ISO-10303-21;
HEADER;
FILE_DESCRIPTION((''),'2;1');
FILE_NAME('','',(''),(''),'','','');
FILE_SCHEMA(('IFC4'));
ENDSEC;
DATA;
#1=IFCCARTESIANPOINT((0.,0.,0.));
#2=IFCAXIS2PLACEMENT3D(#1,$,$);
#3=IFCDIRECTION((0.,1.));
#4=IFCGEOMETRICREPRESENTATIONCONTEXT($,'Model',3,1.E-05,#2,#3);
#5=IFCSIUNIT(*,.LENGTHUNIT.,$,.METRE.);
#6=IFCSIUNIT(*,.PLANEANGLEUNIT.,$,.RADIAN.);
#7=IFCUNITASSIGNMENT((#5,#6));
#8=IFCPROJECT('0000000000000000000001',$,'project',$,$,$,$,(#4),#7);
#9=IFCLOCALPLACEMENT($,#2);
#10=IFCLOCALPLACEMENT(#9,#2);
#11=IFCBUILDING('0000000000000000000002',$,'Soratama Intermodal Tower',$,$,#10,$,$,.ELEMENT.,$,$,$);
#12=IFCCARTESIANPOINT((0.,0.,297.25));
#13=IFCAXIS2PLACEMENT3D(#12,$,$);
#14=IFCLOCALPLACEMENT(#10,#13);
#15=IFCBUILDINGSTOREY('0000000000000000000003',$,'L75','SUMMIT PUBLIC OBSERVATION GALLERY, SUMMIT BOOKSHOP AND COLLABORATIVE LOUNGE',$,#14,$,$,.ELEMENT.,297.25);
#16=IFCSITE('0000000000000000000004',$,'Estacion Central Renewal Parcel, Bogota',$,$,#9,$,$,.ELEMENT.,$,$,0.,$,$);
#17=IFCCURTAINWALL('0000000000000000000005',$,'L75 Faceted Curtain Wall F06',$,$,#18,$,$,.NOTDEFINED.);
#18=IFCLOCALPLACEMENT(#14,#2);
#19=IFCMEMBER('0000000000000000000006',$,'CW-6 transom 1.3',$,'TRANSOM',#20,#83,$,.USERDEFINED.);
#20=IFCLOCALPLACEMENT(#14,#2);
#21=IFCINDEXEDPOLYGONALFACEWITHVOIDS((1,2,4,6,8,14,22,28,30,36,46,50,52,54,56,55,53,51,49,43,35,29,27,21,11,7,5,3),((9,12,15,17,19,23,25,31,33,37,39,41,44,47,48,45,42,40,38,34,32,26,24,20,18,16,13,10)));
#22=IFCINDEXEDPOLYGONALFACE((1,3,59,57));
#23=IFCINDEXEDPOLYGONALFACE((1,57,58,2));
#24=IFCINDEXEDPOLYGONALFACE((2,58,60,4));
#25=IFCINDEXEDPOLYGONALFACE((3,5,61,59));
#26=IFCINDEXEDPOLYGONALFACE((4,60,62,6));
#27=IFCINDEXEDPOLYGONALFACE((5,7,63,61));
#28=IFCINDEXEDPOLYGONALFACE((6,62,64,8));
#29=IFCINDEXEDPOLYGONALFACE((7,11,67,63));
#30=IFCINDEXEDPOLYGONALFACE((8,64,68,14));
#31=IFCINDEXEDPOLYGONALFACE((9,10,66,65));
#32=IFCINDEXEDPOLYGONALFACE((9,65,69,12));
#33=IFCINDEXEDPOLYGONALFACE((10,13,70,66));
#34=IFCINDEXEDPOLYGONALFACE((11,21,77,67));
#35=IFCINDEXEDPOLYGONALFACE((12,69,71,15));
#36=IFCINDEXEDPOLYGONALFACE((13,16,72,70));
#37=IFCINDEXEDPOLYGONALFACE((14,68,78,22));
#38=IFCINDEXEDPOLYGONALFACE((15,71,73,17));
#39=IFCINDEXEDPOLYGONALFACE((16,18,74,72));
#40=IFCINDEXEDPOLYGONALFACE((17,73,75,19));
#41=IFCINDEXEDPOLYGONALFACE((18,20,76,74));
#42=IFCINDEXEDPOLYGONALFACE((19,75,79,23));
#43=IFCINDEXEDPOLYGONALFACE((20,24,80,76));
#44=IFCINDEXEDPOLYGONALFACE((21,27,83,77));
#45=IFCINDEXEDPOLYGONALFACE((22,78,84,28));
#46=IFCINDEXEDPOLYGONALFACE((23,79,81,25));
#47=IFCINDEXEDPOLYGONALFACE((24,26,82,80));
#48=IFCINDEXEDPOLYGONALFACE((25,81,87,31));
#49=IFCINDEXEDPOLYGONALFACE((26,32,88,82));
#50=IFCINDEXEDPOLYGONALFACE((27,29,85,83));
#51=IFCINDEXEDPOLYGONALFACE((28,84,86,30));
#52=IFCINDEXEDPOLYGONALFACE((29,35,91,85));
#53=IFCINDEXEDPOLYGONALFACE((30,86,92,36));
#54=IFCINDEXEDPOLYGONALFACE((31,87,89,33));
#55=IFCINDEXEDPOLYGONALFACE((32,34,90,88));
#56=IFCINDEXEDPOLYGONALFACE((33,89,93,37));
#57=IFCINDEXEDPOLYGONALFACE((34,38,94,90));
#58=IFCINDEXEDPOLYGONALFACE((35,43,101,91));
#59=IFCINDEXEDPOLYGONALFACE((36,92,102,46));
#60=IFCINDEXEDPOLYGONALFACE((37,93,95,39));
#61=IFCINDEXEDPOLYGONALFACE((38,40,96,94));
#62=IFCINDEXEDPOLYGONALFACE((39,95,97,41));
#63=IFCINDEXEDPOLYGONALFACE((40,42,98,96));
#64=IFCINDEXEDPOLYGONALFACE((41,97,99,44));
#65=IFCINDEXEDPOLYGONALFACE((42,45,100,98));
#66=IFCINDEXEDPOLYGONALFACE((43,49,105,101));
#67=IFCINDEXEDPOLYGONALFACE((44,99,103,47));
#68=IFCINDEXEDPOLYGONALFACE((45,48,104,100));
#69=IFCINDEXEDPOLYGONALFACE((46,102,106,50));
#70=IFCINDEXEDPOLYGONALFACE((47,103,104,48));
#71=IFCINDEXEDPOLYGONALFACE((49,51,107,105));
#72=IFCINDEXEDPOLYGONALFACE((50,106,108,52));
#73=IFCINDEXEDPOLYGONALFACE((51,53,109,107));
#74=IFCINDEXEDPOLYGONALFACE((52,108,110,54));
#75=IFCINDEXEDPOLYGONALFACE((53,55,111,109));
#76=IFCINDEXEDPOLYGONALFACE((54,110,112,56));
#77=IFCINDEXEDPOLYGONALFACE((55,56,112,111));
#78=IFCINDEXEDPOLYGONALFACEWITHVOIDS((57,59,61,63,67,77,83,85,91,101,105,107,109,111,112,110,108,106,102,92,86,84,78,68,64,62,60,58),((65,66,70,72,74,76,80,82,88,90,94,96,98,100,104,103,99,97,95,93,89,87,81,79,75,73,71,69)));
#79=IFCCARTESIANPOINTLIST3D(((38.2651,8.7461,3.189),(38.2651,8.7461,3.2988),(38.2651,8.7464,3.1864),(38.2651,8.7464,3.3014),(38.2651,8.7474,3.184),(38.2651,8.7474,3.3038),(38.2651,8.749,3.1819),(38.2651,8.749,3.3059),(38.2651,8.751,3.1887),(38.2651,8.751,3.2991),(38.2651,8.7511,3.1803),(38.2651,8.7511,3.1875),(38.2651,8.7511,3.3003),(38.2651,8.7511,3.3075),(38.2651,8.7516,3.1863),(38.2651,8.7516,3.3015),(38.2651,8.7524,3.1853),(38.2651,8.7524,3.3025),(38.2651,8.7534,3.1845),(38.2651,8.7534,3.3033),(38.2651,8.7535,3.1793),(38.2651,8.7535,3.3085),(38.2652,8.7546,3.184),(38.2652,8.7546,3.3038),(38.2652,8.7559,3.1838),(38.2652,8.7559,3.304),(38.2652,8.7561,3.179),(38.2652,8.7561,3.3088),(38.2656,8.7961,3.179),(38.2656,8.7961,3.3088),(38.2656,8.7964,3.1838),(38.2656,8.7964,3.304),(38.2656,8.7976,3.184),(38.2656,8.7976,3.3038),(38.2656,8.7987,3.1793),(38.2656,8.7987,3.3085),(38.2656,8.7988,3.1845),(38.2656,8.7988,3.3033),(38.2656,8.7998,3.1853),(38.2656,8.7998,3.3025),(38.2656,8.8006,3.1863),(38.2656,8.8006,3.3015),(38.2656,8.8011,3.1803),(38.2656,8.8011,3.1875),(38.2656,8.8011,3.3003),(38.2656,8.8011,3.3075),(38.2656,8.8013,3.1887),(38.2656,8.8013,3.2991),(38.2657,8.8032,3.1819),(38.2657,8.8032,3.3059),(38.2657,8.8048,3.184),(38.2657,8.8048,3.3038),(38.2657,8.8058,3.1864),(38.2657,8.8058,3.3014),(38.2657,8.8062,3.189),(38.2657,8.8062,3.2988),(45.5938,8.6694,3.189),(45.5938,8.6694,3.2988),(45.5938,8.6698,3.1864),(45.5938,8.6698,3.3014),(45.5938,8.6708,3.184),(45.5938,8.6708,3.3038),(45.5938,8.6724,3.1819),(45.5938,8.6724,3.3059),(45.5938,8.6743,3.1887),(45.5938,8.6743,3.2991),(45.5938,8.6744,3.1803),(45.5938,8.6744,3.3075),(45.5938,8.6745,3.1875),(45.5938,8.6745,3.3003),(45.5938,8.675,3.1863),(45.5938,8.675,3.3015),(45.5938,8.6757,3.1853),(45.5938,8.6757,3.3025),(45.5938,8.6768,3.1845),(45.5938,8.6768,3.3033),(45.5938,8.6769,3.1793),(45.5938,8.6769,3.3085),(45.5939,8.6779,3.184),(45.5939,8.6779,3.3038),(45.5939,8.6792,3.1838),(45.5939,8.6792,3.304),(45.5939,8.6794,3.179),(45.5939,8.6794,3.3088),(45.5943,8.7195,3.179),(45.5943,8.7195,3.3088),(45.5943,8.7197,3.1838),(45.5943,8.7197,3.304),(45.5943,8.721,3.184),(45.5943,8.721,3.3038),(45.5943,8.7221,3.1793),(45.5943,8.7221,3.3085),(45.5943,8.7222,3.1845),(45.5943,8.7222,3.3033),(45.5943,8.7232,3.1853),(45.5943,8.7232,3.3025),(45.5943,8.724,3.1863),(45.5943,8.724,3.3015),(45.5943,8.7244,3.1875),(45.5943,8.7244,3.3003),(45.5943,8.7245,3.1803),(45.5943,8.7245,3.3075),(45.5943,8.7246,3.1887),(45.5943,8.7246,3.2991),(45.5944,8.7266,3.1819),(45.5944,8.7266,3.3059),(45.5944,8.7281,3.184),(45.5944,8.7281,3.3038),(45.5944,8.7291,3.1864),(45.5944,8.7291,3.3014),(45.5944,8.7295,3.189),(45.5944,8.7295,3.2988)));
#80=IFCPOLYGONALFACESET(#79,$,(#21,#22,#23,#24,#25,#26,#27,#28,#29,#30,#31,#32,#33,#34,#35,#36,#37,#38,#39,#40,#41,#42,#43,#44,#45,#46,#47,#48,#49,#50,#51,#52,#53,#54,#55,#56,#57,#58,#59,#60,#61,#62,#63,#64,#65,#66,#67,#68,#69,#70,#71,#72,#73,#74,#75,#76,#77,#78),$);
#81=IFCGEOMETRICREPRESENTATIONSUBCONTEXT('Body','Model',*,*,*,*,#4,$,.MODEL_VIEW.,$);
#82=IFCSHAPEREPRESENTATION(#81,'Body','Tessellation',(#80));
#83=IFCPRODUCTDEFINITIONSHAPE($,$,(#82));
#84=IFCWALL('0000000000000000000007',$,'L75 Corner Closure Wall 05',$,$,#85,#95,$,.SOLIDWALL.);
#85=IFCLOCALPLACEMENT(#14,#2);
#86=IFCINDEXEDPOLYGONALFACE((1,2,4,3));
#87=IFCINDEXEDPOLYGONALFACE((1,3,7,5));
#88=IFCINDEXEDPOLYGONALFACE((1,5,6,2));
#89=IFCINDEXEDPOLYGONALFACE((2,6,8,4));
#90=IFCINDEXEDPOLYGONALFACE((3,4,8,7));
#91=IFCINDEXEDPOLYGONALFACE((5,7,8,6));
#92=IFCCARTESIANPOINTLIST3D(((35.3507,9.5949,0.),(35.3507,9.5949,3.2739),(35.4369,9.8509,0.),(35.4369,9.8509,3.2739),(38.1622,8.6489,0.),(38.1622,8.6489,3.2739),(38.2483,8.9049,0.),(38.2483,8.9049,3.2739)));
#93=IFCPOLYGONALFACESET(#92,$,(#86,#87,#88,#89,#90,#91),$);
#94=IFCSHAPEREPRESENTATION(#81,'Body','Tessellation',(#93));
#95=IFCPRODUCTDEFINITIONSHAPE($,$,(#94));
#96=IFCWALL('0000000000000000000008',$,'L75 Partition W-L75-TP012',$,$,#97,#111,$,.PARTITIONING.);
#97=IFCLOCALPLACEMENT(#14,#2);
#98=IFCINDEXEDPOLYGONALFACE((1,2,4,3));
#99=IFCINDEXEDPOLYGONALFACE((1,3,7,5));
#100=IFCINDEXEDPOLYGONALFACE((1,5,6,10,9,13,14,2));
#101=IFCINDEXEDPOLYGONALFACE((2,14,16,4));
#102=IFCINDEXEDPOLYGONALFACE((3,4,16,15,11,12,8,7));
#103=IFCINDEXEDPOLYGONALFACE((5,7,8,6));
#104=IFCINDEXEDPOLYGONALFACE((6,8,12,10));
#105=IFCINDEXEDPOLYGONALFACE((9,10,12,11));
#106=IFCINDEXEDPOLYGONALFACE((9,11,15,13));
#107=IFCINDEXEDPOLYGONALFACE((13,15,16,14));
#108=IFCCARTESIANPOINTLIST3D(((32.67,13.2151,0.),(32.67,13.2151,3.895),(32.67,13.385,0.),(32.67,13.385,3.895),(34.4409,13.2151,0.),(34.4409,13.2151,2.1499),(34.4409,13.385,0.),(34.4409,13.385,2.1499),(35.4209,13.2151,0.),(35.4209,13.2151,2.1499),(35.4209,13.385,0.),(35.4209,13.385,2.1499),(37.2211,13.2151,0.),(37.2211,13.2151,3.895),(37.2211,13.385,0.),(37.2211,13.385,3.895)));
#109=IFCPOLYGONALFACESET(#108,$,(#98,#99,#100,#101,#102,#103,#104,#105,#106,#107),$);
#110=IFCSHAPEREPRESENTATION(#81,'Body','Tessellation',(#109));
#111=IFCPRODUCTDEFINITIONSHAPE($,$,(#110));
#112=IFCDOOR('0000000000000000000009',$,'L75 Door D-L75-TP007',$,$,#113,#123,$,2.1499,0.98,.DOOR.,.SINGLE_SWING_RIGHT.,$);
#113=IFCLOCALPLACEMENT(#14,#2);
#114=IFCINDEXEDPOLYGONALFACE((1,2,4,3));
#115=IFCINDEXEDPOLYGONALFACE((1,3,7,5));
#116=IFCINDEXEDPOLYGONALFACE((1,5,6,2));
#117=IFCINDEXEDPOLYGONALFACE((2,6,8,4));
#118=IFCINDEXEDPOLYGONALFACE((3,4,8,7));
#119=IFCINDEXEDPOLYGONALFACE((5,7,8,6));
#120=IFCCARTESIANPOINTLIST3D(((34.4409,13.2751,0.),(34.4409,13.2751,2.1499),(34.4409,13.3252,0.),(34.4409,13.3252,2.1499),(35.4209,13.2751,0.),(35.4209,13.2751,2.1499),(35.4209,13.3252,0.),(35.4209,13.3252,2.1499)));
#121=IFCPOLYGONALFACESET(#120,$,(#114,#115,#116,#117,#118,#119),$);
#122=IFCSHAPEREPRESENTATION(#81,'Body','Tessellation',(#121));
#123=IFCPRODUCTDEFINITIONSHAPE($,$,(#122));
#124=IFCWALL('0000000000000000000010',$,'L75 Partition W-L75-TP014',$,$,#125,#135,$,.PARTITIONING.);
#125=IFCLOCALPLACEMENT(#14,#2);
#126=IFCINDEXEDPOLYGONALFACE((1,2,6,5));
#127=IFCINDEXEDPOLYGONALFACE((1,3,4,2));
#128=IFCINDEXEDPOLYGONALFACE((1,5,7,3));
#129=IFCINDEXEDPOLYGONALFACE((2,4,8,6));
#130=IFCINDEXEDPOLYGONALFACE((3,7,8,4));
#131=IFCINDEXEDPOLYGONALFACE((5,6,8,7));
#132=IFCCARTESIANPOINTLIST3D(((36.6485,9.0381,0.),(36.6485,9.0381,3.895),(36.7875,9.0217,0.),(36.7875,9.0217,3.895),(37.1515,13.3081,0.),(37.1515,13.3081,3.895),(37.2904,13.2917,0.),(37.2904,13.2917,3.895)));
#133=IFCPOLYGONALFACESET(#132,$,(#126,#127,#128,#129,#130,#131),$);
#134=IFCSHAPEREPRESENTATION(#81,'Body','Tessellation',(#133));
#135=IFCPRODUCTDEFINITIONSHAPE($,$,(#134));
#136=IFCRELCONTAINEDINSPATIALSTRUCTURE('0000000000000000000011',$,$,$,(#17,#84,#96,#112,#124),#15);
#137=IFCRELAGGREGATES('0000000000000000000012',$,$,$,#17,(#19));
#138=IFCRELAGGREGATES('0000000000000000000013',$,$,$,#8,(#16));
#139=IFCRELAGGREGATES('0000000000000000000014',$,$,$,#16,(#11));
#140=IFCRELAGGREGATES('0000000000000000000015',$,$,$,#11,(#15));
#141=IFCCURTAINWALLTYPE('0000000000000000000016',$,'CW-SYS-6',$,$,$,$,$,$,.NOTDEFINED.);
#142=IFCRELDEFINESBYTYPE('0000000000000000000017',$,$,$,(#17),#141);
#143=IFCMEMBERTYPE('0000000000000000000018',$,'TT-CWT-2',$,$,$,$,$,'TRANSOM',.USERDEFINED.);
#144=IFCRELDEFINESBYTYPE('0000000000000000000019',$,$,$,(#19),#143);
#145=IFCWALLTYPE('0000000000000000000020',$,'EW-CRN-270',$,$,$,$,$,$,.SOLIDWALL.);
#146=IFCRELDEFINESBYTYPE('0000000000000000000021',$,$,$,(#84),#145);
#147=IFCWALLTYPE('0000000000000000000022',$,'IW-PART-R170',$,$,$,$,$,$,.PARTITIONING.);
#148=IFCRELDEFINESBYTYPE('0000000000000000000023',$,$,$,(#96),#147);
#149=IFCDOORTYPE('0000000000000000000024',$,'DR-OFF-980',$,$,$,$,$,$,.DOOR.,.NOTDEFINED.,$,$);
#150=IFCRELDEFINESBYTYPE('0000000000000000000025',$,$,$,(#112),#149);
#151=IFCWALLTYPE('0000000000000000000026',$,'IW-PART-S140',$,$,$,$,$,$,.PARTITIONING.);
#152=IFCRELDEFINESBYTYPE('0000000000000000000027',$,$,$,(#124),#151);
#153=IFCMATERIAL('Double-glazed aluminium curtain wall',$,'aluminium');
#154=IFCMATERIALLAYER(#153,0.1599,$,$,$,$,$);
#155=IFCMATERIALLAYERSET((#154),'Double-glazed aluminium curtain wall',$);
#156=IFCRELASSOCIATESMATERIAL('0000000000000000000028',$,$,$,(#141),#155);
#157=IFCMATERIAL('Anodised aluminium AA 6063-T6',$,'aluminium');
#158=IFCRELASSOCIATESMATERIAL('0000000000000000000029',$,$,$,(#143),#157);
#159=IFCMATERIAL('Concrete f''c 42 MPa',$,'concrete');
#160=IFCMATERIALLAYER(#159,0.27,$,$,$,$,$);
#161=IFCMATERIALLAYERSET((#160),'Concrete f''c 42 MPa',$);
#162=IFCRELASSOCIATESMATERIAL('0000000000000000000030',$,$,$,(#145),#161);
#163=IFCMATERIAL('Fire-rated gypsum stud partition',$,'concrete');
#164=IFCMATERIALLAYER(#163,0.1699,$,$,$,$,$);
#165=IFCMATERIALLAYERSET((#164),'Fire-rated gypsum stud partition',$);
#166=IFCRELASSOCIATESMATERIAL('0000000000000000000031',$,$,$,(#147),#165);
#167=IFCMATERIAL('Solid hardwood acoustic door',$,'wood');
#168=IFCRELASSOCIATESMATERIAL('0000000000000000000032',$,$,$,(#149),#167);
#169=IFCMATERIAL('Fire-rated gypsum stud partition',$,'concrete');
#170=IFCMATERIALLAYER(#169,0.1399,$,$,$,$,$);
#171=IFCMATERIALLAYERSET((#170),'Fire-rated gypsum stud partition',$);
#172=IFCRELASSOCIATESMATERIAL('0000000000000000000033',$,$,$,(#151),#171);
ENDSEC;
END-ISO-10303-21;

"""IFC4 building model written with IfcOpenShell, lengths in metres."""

from ifc_helpers import new_model, si_unit, direction, frame, frame_2d, origin, origin_2d, place, context, subcontext, project, spatial, rectangle, hollow_rectangle, extrude, material, layer, layer_set, material_profile, profile_set, type_object, element, fill, aggregate, save


model = new_model("IFC4")

# Units and contexts
model_context = context("Model", 3, precision=1e-05, world=origin(), true_north=direction((0.0, 1.0)))
body_context = subcontext(model_context, "Body", "Model", "MODEL_VIEW")
ifc_project = project(units=[si_unit("LENGTHUNIT", "METRE"), si_unit("PLANEANGLEUNIT", "RADIAN")], contexts=[model_context])

# Site, building, storey
site_placement = place(None, origin())
site = spatial("IfcSite", under=ifc_project, at=site_placement, Name="Estacion Central Renewal Parcel, Bogota", CompositionType="ELEMENT", RefElevation=0.0)
building_placement = place(site_placement, origin())
building = spatial("IfcBuilding", under=site, at=building_placement, Name="Soratama Intermodal Tower", CompositionType="ELEMENT")
storey_placement = place(building_placement, frame((0.0, 0.0, 297.25)))
storey = spatial("IfcBuildingStorey", under=building, at=storey_placement, Name="L75", Description="SUMMIT PUBLIC OBSERVATION GALLERY, SUMMIT BOOKSHOP AND COLLABORATIVE LOUNGE", CompositionType="ELEMENT", Elevation=297.25)

# Shared definitions
ifc_material_1 = material(Name="Double-glazed aluminium curtain wall", Category="aluminium")
ifc_layer_1 = layer(ifc_material_1, 0.1599)
ifc_layer_set_1 = layer_set([ifc_layer_1], Name="Double-glazed aluminium curtain wall")
curtain_wall_type = type_object("IfcCurtainWallType", Name="CW-SYS-6", PredefinedType="NOTDEFINED", material=ifc_layer_set_1)

# Curtain wall, member
curtain_wall_1_placement = place(storey_placement, origin())
curtain_wall_1 = element("IfcCurtainWall", 1, at=curtain_wall_1_placement, inside=storey, type_object=curtain_wall_type, Name="L75 Faceted Curtain Wall F06", PredefinedType="NOTDEFINED")
ifc_material_2 = material(Name="Anodised aluminium AA 6063-T6", Category="aluminium")
ifc_material_profile_1 = material_profile(ifc_material_2, hollow_rectangle(XDim=0.0601, YDim=0.1299, WallThickness=0.0049, InnerFilletRadius=0.0049, OuterFilletRadius=0.01, at=origin_2d()), Name="CWT130X60X5")
ifc_profile_set_1 = profile_set([ifc_material_profile_1], Name="Anodised aluminium AA 6063-T6")
member_type_1 = type_object("IfcMemberType", Name="TT-CWT-2", ElementType="TRANSOM", PredefinedType="USERDEFINED", material=ifc_profile_set_1)
member_1_placement = place(storey_placement, frame((38.2654, 8.7761, 3.2439), z_axis=(0.999945, -0.01046, 0.0), x_axis=(0.01046, 0.999945, 0.0)))
member_1 = element("IfcMember", 2, at=member_1_placement, type_object=member_type_1, Name="CW-6 transom 1.3", ObjectType="TRANSOM", PredefinedType="USERDEFINED", context=body_context, shape_type="SweptSolid", body=[
    extrude(hollow_rectangle(XDim=0.0601, YDim=0.1299, WallThickness=0.0049, InnerFilletRadius=0.0049, OuterFilletRadius=0.01, at=origin_2d()), origin(), (0.0, 0.0, 1.0), 7.3291),
])
aggregate(curtain_wall_1, [member_1])

# Wall
ifc_material_3 = material(Name="Concrete f'c 42 MPa", Category="concrete")
ifc_layer_2 = layer(ifc_material_3, 0.27)
ifc_layer_set_2 = layer_set([ifc_layer_2], Name="Concrete f'c 42 MPa")
wall_type_1 = type_object("IfcWallType", Name="EW-CRN-270", PredefinedType="SOLIDWALL", material=ifc_layer_set_2)
wall_1_placement = place(storey_placement, frame((35.3938, 9.7229, 0.0), z_axis=(0.0, 0.0, 1.0), x_axis=(0.947782, -0.318918, 0.0)))
element("IfcWall", 3, at=wall_1_placement, inside=storey, type_object=wall_type_1, Name="L75 Corner Closure Wall 05", PredefinedType="SOLIDWALL", context=body_context, shape_type="SweptSolid", body=[
    extrude(rectangle(XDim=2.9663, YDim=0.27, at=frame_2d((1.4832, 0.0))), origin(), (0.0, 0.0, 1.0), 3.2739),
])

# Wall, opening, door
ifc_material_4 = material(Name="Fire-rated gypsum stud partition", Category="concrete")
ifc_layer_3 = layer(ifc_material_4, 0.1699)
ifc_layer_set_3 = layer_set([ifc_layer_3], Name="Fire-rated gypsum stud partition")
wall_type_2 = type_object("IfcWallType", Name="IW-PART-R170", PredefinedType="PARTITIONING", material=ifc_layer_set_3)
wall_2_placement = place(storey_placement, frame((37.2209, 13.3, 0.0), z_axis=(0.0, 0.0, 1.0), x_axis=(-1.0, 0.0, 0.0)))
wall_2 = element("IfcWall", 4, at=wall_2_placement, inside=storey, type_object=wall_type_2, Name="L75 Partition W-L75-TP012", PredefinedType="PARTITIONING", context=body_context, shape_type="SweptSolid", body=[
    extrude(rectangle(XDim=4.551, YDim=0.1699, at=frame_2d((2.2754, 0.0))), origin(), (0.0, 0.0, 1.0), 3.895),
])
opening_placement = place(wall_2_placement, frame((1.8, 0.0, 0.0)))
opening = element("IfcOpeningElement", 5, at=opening_placement, cuts=wall_2, PredefinedType="OPENING", context=body_context, shape_type="SweptSolid", body=[
    extrude(rectangle(XDim=0.98, YDim=2.1499, at=frame_2d((0.49, 1.075))), frame((0.0, 0.095, 0.0), z_axis=(0.0, -1.0, 0.0), x_axis=(1.0, 0.0, 0.0)), (0.0, 0.0, 1.0), 0.1899),
])
ifc_material_5 = material(Name="Solid hardwood acoustic door", Category="wood")
door_type = type_object("IfcDoorType", Name="DR-OFF-980", OperationType="NOTDEFINED", PredefinedType="DOOR", material=ifc_material_5)
door_placement = place(opening_placement, origin())
door = element("IfcDoor", 6, at=door_placement, inside=storey, type_object=door_type, Name="L75 Door D-L75-TP007", OperationType="SINGLE_SWING_RIGHT", OverallHeight=2.1499, OverallWidth=0.98, PredefinedType="DOOR", context=body_context, shape_type="SweptSolid", body=[
    extrude(rectangle(XDim=0.98, YDim=2.1499, at=frame_2d((0.49, 1.075))), frame((0.0, 0.0249, 0.0), z_axis=(0.0, -1.0, 0.0), x_axis=(1.0, 0.0, 0.0)), (0.0, 0.0, 1.0), 0.05),
])
fill(opening, door)

# Wall
ifc_material_6 = material(Name="Fire-rated gypsum stud partition", Category="concrete")
ifc_layer_4 = layer(ifc_material_6, 0.1399)
ifc_layer_set_4 = layer_set([ifc_layer_4], Name="Fire-rated gypsum stud partition")
wall_type_3 = type_object("IfcWallType", Name="IW-PART-S140", PredefinedType="PARTITIONING", material=ifc_layer_set_4)
wall_3_placement = place(storey_placement, frame((37.2209, 13.3, 0.0), z_axis=(0.0, 0.0, 1.0), x_axis=(-0.116973, -0.993135, 0.0)))
element("IfcWall", 7, at=wall_3_placement, inside=storey, type_object=wall_type_3, Name="L75 Partition W-L75-TP014", PredefinedType="PARTITIONING", context=body_context, shape_type="SweptSolid", body=[
    extrude(rectangle(XDim=4.2996, YDim=0.1399, at=frame_2d((2.1499, 0.0))), origin(), (0.0, 0.0, 1.0), 3.895),
])

save(model, "model.ifc")
